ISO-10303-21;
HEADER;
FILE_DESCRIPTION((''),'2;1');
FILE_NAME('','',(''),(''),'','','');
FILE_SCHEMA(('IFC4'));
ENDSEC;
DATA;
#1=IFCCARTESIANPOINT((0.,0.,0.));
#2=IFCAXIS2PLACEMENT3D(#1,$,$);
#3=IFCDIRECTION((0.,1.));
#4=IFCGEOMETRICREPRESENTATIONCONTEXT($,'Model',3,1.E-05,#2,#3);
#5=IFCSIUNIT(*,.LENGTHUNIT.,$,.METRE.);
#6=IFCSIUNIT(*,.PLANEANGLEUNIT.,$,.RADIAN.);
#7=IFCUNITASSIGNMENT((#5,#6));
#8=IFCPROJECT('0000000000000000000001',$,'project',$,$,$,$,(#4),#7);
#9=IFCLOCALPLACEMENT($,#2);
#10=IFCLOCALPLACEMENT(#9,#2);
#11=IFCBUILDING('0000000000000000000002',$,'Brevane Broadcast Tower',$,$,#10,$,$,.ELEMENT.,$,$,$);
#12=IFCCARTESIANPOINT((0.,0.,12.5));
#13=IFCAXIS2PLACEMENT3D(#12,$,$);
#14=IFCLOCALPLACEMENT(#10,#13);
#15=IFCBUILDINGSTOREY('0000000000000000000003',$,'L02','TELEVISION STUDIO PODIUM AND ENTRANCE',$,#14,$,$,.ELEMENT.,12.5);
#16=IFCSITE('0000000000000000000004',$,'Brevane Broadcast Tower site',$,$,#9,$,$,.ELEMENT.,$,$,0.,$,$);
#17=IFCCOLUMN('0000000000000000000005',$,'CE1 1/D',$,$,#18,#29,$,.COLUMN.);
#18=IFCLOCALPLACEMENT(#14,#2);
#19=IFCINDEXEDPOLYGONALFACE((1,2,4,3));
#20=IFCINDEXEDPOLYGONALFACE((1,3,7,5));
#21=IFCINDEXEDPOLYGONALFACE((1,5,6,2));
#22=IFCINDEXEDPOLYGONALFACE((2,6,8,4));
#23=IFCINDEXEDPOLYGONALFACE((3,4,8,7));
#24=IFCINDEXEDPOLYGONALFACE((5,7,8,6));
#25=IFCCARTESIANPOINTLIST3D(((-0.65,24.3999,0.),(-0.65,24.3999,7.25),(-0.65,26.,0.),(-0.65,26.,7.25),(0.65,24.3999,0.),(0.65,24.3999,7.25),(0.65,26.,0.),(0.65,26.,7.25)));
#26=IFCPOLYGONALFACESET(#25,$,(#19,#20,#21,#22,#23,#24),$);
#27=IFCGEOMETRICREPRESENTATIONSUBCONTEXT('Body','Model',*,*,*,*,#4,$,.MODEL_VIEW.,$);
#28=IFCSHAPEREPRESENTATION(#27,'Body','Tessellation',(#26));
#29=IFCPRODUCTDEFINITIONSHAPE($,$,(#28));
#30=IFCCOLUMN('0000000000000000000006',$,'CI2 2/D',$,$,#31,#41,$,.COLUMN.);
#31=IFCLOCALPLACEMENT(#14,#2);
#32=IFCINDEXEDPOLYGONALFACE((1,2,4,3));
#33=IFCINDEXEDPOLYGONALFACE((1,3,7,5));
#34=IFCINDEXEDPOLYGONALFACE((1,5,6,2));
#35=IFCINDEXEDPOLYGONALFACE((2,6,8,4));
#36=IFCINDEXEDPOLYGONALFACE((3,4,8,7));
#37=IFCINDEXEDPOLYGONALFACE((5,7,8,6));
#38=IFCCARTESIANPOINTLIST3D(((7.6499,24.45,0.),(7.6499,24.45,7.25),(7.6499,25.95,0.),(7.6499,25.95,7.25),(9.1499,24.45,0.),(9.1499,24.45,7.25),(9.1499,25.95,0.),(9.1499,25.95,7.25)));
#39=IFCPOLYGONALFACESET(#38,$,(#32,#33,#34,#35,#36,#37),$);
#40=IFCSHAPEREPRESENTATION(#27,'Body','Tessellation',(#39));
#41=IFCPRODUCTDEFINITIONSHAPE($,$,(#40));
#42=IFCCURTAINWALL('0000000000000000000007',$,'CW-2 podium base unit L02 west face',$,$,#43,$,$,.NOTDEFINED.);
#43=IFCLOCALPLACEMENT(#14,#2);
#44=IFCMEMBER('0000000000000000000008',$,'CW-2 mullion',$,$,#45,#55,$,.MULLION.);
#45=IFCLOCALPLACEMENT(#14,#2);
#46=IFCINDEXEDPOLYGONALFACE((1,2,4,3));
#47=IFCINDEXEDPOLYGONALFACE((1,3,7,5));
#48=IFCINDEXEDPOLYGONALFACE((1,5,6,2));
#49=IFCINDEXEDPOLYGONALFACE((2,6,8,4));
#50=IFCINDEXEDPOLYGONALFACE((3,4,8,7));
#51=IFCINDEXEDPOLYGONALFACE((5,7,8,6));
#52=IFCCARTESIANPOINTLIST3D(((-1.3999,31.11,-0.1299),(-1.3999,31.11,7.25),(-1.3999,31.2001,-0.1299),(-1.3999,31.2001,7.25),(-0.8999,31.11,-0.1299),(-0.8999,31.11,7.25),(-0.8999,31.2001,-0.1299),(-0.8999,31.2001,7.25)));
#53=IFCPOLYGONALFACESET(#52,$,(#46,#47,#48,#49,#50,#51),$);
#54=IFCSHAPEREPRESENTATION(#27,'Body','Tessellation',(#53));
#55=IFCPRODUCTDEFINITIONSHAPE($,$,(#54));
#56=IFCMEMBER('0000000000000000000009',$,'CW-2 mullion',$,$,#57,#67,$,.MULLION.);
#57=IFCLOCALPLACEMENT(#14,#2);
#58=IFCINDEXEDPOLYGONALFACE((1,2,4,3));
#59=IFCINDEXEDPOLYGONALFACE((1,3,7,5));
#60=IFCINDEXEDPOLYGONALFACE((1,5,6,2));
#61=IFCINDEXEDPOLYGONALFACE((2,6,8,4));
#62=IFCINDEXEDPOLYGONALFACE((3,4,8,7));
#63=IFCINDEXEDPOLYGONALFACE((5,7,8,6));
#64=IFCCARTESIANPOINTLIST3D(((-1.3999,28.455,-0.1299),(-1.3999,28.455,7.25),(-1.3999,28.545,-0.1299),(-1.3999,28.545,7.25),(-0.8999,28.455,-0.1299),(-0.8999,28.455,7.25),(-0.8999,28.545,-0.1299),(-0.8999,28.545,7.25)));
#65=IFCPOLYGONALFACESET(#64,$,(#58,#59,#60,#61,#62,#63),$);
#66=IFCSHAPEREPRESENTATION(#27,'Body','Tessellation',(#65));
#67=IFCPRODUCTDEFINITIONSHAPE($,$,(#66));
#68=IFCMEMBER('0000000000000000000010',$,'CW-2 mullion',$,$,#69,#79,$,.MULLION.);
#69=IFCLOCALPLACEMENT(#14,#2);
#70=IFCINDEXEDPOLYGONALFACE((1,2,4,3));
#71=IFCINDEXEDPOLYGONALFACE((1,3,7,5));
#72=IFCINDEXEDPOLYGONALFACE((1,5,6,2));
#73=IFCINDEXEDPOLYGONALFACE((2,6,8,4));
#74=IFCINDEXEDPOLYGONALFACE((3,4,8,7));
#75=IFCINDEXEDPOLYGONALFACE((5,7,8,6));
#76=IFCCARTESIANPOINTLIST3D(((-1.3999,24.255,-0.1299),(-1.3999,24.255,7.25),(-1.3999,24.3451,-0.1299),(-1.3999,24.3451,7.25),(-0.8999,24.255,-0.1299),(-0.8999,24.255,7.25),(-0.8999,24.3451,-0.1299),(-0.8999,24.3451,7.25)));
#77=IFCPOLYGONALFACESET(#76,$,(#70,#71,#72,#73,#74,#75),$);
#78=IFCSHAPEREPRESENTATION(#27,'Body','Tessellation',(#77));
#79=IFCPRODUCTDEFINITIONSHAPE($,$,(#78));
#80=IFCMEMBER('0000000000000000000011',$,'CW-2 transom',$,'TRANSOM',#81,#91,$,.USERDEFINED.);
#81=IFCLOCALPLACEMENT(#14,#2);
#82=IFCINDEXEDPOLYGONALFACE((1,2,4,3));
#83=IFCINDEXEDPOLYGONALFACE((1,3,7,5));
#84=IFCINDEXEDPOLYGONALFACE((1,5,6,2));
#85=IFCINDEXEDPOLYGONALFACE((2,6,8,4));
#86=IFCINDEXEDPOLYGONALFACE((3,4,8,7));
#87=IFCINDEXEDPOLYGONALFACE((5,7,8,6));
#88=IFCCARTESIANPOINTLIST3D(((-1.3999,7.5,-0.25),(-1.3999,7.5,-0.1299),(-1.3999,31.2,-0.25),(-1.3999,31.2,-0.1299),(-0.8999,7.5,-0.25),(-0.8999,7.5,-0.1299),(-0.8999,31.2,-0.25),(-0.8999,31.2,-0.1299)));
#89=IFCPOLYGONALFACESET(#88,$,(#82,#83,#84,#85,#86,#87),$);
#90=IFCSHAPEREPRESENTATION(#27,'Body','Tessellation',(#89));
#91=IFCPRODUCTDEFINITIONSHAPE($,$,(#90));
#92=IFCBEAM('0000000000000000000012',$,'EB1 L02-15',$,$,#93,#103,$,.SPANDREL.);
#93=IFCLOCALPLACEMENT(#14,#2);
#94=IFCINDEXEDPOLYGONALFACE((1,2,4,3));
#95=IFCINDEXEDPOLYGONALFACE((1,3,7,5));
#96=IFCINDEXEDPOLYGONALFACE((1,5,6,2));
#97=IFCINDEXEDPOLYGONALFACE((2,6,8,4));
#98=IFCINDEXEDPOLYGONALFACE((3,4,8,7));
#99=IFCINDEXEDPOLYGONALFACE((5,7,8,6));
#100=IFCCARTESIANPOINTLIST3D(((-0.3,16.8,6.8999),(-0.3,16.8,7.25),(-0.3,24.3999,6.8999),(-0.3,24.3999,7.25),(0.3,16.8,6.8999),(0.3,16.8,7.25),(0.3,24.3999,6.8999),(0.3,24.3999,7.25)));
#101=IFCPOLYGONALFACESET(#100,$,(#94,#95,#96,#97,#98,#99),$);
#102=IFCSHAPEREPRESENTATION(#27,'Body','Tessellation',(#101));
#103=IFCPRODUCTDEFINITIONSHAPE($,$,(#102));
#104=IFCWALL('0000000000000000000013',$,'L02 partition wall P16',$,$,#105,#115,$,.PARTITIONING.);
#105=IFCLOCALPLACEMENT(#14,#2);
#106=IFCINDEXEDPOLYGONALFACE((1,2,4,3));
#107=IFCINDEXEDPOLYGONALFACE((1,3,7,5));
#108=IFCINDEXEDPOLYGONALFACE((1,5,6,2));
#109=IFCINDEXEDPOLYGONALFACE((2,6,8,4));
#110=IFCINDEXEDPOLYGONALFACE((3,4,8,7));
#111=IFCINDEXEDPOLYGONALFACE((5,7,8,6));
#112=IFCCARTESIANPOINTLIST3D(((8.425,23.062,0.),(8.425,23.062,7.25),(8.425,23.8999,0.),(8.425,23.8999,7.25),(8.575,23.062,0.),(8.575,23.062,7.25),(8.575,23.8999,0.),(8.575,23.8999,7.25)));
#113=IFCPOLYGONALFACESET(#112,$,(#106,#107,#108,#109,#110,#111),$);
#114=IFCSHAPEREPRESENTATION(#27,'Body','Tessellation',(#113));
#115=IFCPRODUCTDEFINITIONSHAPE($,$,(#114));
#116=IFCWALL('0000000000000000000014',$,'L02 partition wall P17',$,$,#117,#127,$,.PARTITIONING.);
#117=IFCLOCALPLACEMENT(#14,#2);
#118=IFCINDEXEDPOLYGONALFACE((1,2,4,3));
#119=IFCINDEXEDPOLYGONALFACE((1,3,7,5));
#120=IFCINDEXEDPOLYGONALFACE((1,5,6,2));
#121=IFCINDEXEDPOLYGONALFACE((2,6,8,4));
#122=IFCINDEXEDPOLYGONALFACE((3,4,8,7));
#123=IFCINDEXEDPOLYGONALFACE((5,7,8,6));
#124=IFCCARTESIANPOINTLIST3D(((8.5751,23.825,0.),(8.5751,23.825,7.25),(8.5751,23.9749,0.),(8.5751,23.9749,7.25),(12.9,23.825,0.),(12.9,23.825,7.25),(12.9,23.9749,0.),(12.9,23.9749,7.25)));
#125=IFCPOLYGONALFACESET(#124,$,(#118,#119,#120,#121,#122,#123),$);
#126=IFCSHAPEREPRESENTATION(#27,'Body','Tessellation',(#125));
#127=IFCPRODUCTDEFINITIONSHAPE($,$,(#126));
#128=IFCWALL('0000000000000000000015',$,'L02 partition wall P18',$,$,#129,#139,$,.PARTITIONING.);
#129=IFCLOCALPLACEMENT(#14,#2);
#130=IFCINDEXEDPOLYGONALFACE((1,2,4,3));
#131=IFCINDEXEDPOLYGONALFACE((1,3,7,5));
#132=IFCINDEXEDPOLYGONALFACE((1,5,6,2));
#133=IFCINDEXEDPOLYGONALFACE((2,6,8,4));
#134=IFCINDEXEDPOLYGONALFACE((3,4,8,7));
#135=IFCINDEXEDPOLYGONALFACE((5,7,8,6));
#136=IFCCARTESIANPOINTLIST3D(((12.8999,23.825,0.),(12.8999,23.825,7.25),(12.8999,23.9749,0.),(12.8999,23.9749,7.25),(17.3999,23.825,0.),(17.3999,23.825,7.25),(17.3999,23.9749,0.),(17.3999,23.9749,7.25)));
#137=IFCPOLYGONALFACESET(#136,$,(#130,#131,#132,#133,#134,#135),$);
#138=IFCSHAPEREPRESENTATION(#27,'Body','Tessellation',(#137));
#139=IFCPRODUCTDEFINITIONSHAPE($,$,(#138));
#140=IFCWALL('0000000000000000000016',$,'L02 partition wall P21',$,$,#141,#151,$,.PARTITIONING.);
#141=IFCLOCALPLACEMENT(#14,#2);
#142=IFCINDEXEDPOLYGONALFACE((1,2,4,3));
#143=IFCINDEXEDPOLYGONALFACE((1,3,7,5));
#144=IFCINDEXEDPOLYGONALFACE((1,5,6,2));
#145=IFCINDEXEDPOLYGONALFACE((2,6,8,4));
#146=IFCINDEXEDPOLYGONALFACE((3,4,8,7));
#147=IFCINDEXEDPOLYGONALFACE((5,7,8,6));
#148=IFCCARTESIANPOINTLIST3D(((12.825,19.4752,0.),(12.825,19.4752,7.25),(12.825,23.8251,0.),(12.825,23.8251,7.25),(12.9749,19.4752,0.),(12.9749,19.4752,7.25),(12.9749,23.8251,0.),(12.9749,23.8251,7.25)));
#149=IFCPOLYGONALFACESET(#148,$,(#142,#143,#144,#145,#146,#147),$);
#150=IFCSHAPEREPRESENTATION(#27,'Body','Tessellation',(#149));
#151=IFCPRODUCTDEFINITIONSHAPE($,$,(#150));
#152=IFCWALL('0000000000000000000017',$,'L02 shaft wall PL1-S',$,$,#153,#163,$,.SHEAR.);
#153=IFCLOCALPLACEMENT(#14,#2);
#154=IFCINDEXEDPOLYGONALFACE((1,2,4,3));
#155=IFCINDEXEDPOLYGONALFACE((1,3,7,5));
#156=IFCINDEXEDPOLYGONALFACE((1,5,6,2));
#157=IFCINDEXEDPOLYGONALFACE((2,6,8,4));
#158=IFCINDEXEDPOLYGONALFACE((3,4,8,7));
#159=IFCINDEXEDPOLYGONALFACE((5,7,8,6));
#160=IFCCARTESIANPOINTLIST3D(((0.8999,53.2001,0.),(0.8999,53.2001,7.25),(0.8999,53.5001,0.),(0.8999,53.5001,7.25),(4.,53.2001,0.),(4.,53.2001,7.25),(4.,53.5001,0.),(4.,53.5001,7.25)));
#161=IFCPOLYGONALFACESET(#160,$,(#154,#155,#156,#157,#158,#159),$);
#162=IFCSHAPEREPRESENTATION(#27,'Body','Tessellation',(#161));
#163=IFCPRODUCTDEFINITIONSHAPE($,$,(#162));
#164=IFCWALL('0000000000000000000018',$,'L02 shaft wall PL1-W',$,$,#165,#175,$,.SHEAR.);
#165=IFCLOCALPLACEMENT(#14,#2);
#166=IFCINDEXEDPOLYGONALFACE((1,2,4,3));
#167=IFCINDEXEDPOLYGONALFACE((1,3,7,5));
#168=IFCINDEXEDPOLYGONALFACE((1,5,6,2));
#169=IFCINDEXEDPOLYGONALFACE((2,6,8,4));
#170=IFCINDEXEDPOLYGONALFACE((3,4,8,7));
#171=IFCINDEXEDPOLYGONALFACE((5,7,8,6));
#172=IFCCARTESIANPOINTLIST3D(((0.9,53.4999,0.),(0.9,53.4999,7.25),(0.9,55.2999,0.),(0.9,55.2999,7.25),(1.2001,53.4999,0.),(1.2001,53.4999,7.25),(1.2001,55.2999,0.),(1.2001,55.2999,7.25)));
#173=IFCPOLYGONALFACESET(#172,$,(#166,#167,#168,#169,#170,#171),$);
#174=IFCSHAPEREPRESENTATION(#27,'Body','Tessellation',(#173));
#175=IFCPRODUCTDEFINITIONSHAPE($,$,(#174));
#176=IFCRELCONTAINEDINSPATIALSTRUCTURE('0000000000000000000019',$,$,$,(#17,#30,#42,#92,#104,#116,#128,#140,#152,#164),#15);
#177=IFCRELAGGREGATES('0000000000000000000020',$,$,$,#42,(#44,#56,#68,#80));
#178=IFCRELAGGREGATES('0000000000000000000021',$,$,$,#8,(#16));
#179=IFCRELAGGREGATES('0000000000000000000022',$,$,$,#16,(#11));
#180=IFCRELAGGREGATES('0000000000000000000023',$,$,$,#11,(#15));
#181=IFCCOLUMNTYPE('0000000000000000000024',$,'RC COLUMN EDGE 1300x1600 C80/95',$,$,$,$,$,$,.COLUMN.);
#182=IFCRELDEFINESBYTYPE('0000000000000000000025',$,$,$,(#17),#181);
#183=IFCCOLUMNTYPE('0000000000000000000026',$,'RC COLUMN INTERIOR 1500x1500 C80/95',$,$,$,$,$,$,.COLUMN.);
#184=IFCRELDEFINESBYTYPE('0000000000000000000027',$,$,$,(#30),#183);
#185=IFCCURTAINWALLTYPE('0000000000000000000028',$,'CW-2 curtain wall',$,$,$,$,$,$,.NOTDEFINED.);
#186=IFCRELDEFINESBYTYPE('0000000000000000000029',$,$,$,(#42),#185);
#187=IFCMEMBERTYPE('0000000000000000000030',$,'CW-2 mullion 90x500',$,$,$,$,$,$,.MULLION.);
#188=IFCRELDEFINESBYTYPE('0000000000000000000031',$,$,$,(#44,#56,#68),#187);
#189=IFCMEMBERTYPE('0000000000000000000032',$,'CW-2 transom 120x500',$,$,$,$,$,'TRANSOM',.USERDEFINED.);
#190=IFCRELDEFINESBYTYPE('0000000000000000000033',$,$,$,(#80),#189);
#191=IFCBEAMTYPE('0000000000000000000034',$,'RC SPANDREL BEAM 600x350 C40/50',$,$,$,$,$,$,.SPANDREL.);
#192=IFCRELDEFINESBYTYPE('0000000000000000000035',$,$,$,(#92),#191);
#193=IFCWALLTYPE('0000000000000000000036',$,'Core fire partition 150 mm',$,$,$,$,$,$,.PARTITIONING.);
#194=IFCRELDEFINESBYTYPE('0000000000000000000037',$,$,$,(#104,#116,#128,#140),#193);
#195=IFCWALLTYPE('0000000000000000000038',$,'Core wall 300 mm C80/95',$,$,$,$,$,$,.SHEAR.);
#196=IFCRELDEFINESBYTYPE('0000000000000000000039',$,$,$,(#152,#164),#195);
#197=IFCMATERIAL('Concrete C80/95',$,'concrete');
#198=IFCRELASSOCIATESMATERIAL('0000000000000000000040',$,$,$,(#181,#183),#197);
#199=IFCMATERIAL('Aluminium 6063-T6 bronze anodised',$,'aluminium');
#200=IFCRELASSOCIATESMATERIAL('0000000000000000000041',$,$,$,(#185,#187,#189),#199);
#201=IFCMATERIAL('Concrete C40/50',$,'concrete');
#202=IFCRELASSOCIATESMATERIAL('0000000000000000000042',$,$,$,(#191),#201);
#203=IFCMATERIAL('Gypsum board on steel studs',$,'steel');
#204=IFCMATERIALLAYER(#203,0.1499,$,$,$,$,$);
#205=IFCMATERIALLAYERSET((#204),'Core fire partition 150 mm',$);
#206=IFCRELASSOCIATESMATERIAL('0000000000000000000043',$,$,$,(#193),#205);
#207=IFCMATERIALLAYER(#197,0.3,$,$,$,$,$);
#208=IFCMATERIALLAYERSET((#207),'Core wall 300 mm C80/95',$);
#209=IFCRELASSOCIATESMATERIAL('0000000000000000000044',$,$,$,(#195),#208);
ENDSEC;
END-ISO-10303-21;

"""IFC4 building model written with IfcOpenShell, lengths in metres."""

from ifc_helpers import new_model, si_unit, direction, frame, frame_2d, origin, origin_2d, place, context, subcontext, project, spatial, rectangle, extrude, material, layer, layer_set, material_profile, profile_set, type_object, element, aggregate, save


model = new_model("IFC4")

# Units and contexts
model_context = context("Model", 3, precision=1e-05, world=origin(), true_north=direction((0.0, 1.0)))
body_context = subcontext(model_context, "Body", "Model", "MODEL_VIEW")
ifc_project = project(units=[si_unit("LENGTHUNIT", "METRE"), si_unit("PLANEANGLEUNIT", "RADIAN")], contexts=[model_context])

# Site, building, storey
site_placement = place(None, origin())
site = spatial("IfcSite", under=ifc_project, at=site_placement, Name="Brevane Broadcast Tower site", CompositionType="ELEMENT", RefElevation=0.0)
building_placement = place(site_placement, origin())
building = spatial("IfcBuilding", under=site, at=building_placement, Name="Brevane Broadcast Tower", CompositionType="ELEMENT")
storey_placement = place(building_placement, frame((0.0, 0.0, 12.5)))
storey = spatial("IfcBuildingStorey", under=building, at=storey_placement, Name="L02", Description="TELEVISION STUDIO PODIUM AND ENTRANCE", CompositionType="ELEMENT", Elevation=12.5)

# Columns
ifc_material_1 = material(Name="Concrete C80/95", Category="concrete")
ifc_material_profile_1 = material_profile(ifc_material_1, rectangle(XDim=1.3, YDim=1.6001, at=origin_2d()), Name="RC 1300x1600")
ifc_profile_set_1 = profile_set([ifc_material_profile_1], Name="Concrete C80/95")
column_type_1 = type_object("IfcColumnType", Name="RC COLUMN EDGE 1300x1600 C80/95", PredefinedType="COLUMN", material=ifc_profile_set_1)
column_1_placement = place(storey_placement, frame((0.0, 25.2, 0.0), z_axis=(0.0, 0.0, 1.0), x_axis=(1.0, 0.0, 0.0)))
element("IfcColumn", 1, at=column_1_placement, inside=storey, type_object=column_type_1, Name="CE1 1/D", PredefinedType="COLUMN", context=body_context, shape_type="SweptSolid", body=[
    extrude(rectangle(XDim=1.3, YDim=1.6001, at=origin_2d()), origin(), (0.0, 0.0, 1.0), 7.25),
])
ifc_material_profile_2 = material_profile(ifc_material_1, rectangle(XDim=1.5, YDim=1.5, at=origin_2d()), Name="RC 1500x1500")
ifc_profile_set_2 = profile_set([ifc_material_profile_2], Name="Concrete C80/95")
column_type_2 = type_object("IfcColumnType", Name="RC COLUMN INTERIOR 1500x1500 C80/95", PredefinedType="COLUMN", material=ifc_profile_set_2)
column_2_placement = place(storey_placement, frame((8.3999, 25.2, 0.0), z_axis=(0.0, 0.0, 1.0), x_axis=(1.0, 0.0, 0.0)))
element("IfcColumn", 2, at=column_2_placement, inside=storey, type_object=column_type_2, Name="CI2 2/D", PredefinedType="COLUMN", context=body_context, shape_type="SweptSolid", body=[
    extrude(rectangle(XDim=1.5, YDim=1.5, at=origin_2d()), origin(), (0.0, 0.0, 1.0), 7.25),
])

# Curtain wall, members
ifc_material_2 = material(Name="Aluminium 6063-T6 bronze anodised", Category="aluminium")
curtain_wall_type = type_object("IfcCurtainWallType", Name="CW-2 curtain wall", PredefinedType="NOTDEFINED", material=ifc_material_2)
curtain_wall_placement = place(storey_placement, origin())
curtain_wall = element("IfcCurtainWall", 3, at=curtain_wall_placement, inside=storey, type_object=curtain_wall_type, Name="CW-2 podium base unit L02 west face", PredefinedType="NOTDEFINED")
ifc_material_profile_3 = material_profile(ifc_material_2, rectangle(XDim=0.5, YDim=0.0901, at=origin_2d()), Name="RECT 90x500")
ifc_profile_set_3 = profile_set([ifc_material_profile_3], Name="Aluminium 6063-T6 bronze anodised")
member_type_1 = type_object("IfcMemberType", Name="CW-2 mullion 90x500", PredefinedType="MULLION", material=ifc_profile_set_3)
member_1_placement = place(storey_placement, frame((-1.1499, 31.155, -0.1299), z_axis=(0.0, 0.0, 1.0), x_axis=(1.0, 0.0, 0.0)))
member_1 = element("IfcMember", 4, at=member_1_placement, type_object=member_type_1, Name="CW-2 mullion", PredefinedType="MULLION", context=body_context, shape_type="SweptSolid", body=[
    extrude(rectangle(XDim=0.5, YDim=0.0901, at=origin_2d()), origin(), (0.0, 0.0, 1.0), 7.3799),
])
member_2_placement = place(storey_placement, frame((-1.1499, 28.5, -0.1299), z_axis=(0.0, 0.0, 1.0), x_axis=(1.0, 0.0, 0.0)))
member_2 = element("IfcMember", 5, at=member_2_placement, type_object=member_type_1, Name="CW-2 mullion", PredefinedType="MULLION", context=body_context, shape_type="SweptSolid", body=[
    extrude(rectangle(XDim=0.5, YDim=0.0901, at=origin_2d()), origin(), (0.0, 0.0, 1.0), 7.3799),
])
member_3_placement = place(storey_placement, frame((-1.1499, 24.3, -0.1299), z_axis=(0.0, 0.0, 1.0), x_axis=(1.0, 0.0, 0.0)))
member_3 = element("IfcMember", 6, at=member_3_placement, type_object=member_type_1, Name="CW-2 mullion", PredefinedType="MULLION", context=body_context, shape_type="SweptSolid", body=[
    extrude(rectangle(XDim=0.5, YDim=0.0901, at=origin_2d()), origin(), (0.0, 0.0, 1.0), 7.3799),
])
ifc_material_profile_4 = material_profile(ifc_material_2, rectangle(XDim=0.5, YDim=0.1201, at=origin_2d()), Name="RECT 120x500")
ifc_profile_set_4 = profile_set([ifc_material_profile_4], Name="Aluminium 6063-T6 bronze anodised")
member_type_2 = type_object("IfcMemberType", Name="CW-2 transom 120x500", ElementType="TRANSOM", PredefinedType="USERDEFINED", material=ifc_profile_set_4)
member_4_placement = place(storey_placement, frame((-1.1499, 31.2, -0.1899), z_axis=(0.0, -1.0, 0.0), x_axis=(1.0, 0.0, 0.0)))
member_4 = element("IfcMember", 7, at=member_4_placement, type_object=member_type_2, Name="CW-2 transom", ObjectType="TRANSOM", PredefinedType="USERDEFINED", context=body_context, shape_type="SweptSolid", body=[
    extrude(rectangle(XDim=0.5, YDim=0.1201, at=origin_2d()), origin(), (0.0, 0.0, 1.0), 23.7),
])
aggregate(curtain_wall, [member_1, member_2, member_3, member_4])

# Beam
ifc_material_3 = material(Name="Concrete C40/50", Category="concrete")
ifc_material_profile_5 = material_profile(ifc_material_3, rectangle(XDim=0.6001, YDim=0.3501, at=origin_2d()), Name="RC 600x350")
ifc_profile_set_5 = profile_set([ifc_material_profile_5], Name="Concrete C40/50")
beam_type = type_object("IfcBeamType", Name="RC SPANDREL BEAM 600x350 C40/50", PredefinedType="SPANDREL", material=ifc_profile_set_5)
beam_placement = place(storey_placement, frame((0.0, 24.3999, 7.075), z_axis=(0.0, -1.0, 0.0), x_axis=(1.0, 0.0, 0.0)))
element("IfcBeam", 8, at=beam_placement, inside=storey, type_object=beam_type, Name="EB1 L02-15", PredefinedType="SPANDREL", context=body_context, shape_type="SweptSolid", body=[
    extrude(rectangle(XDim=0.6001, YDim=0.3501, at=origin_2d()), origin(), (0.0, 0.0, 1.0), 7.5999),
])

# Walls
ifc_material_4 = material(Name="Gypsum board on steel studs", Category="steel")
ifc_layer_1 = layer(ifc_material_4, 0.1499)
ifc_layer_set_1 = layer_set([ifc_layer_1], Name="Core fire partition 150 mm")
wall_type_1 = type_object("IfcWallType", Name="Core fire partition 150 mm", PredefinedType="PARTITIONING", material=ifc_layer_set_1)
wall_1_placement = place(storey_placement, frame((8.5, 23.062, 0.0), z_axis=(0.0, 0.0, 1.0), x_axis=(0.0, 1.0, 0.0)))
element("IfcWall", 9, at=wall_1_placement, inside=storey, type_object=wall_type_1, Name="L02 partition wall P16", PredefinedType="PARTITIONING", context=body_context, shape_type="SweptSolid", body=[
    extrude(rectangle(XDim=0.8379, YDim=0.1499, at=frame_2d((0.4189, 0.0))), origin(), (0.0, 0.0, 1.0), 7.25),
])
wall_2_placement = place(storey_placement, frame((8.575, 23.8999, 0.0), z_axis=(0.0, 0.0, 1.0), x_axis=(1.0, 0.0, 0.0)))
element("IfcWall", 10, at=wall_2_placement, inside=storey, type_object=wall_type_1, Name="L02 partition wall P17", PredefinedType="PARTITIONING", context=body_context, shape_type="SweptSolid", body=[
    extrude(rectangle(XDim=4.325, YDim=0.1499, at=frame_2d((2.1626, 0.0))), origin(), (0.0, 0.0, 1.0), 7.25),
])
wall_3_placement = place(storey_placement, frame((12.8999, 23.8999, 0.0), z_axis=(0.0, 0.0, 1.0), x_axis=(1.0, 0.0, 0.0)))
element("IfcWall", 11, at=wall_3_placement, inside=storey, type_object=wall_type_1, Name="L02 partition wall P18", PredefinedType="PARTITIONING", context=body_context, shape_type="SweptSolid", body=[
    extrude(rectangle(XDim=4.5, YDim=0.1499, at=frame_2d((2.25, 0.0))), origin(), (0.0, 0.0, 1.0), 7.25),
])
wall_4_placement = place(storey_placement, frame((12.8999, 23.825, 0.0), z_axis=(0.0, 0.0, 1.0), x_axis=(0.0, -1.0, 0.0)))
element("IfcWall", 12, at=wall_4_placement, inside=storey, type_object=wall_type_1, Name="L02 partition wall P21", PredefinedType="PARTITIONING", context=body_context, shape_type="SweptSolid", body=[
    extrude(rectangle(XDim=4.3499, YDim=0.1499, at=frame_2d((2.1748, 0.0))), origin(), (0.0, 0.0, 1.0), 7.25),
])
ifc_layer_2 = layer(ifc_material_1, 0.3)
ifc_layer_set_2 = layer_set([ifc_layer_2], Name="Core wall 300 mm C80/95")
wall_type_2 = type_object("IfcWallType", Name="Core wall 300 mm C80/95", PredefinedType="SHEAR", material=ifc_layer_set_2)
wall_5_placement = place(storey_placement, frame((0.8999, 53.3501, 0.0), z_axis=(0.0, 0.0, 1.0), x_axis=(1.0, 0.0, 0.0)))
element("IfcWall", 13, at=wall_5_placement, inside=storey, type_object=wall_type_2, Name="L02 shaft wall PL1-S", PredefinedType="SHEAR", context=body_context, shape_type="SweptSolid", body=[
    extrude(rectangle(XDim=3.1001, YDim=0.3, at=frame_2d((1.55, 0.0))), origin(), (0.0, 0.0, 1.0), 7.25),
])
wall_6_placement = place(storey_placement, frame((1.05, 53.5, 0.0), z_axis=(0.0, 0.0, 1.0), x_axis=(0.0, 1.0, 0.0)))
element("IfcWall", 14, at=wall_6_placement, inside=storey, type_object=wall_type_2, Name="L02 shaft wall PL1-W", PredefinedType="SHEAR", context=body_context, shape_type="SweptSolid", body=[
    extrude(rectangle(XDim=1.8, YDim=0.3, at=frame_2d((0.8999, 0.0))), origin(), (0.0, 0.0, 1.0), 7.25),
])

save(model, "model.ifc")
